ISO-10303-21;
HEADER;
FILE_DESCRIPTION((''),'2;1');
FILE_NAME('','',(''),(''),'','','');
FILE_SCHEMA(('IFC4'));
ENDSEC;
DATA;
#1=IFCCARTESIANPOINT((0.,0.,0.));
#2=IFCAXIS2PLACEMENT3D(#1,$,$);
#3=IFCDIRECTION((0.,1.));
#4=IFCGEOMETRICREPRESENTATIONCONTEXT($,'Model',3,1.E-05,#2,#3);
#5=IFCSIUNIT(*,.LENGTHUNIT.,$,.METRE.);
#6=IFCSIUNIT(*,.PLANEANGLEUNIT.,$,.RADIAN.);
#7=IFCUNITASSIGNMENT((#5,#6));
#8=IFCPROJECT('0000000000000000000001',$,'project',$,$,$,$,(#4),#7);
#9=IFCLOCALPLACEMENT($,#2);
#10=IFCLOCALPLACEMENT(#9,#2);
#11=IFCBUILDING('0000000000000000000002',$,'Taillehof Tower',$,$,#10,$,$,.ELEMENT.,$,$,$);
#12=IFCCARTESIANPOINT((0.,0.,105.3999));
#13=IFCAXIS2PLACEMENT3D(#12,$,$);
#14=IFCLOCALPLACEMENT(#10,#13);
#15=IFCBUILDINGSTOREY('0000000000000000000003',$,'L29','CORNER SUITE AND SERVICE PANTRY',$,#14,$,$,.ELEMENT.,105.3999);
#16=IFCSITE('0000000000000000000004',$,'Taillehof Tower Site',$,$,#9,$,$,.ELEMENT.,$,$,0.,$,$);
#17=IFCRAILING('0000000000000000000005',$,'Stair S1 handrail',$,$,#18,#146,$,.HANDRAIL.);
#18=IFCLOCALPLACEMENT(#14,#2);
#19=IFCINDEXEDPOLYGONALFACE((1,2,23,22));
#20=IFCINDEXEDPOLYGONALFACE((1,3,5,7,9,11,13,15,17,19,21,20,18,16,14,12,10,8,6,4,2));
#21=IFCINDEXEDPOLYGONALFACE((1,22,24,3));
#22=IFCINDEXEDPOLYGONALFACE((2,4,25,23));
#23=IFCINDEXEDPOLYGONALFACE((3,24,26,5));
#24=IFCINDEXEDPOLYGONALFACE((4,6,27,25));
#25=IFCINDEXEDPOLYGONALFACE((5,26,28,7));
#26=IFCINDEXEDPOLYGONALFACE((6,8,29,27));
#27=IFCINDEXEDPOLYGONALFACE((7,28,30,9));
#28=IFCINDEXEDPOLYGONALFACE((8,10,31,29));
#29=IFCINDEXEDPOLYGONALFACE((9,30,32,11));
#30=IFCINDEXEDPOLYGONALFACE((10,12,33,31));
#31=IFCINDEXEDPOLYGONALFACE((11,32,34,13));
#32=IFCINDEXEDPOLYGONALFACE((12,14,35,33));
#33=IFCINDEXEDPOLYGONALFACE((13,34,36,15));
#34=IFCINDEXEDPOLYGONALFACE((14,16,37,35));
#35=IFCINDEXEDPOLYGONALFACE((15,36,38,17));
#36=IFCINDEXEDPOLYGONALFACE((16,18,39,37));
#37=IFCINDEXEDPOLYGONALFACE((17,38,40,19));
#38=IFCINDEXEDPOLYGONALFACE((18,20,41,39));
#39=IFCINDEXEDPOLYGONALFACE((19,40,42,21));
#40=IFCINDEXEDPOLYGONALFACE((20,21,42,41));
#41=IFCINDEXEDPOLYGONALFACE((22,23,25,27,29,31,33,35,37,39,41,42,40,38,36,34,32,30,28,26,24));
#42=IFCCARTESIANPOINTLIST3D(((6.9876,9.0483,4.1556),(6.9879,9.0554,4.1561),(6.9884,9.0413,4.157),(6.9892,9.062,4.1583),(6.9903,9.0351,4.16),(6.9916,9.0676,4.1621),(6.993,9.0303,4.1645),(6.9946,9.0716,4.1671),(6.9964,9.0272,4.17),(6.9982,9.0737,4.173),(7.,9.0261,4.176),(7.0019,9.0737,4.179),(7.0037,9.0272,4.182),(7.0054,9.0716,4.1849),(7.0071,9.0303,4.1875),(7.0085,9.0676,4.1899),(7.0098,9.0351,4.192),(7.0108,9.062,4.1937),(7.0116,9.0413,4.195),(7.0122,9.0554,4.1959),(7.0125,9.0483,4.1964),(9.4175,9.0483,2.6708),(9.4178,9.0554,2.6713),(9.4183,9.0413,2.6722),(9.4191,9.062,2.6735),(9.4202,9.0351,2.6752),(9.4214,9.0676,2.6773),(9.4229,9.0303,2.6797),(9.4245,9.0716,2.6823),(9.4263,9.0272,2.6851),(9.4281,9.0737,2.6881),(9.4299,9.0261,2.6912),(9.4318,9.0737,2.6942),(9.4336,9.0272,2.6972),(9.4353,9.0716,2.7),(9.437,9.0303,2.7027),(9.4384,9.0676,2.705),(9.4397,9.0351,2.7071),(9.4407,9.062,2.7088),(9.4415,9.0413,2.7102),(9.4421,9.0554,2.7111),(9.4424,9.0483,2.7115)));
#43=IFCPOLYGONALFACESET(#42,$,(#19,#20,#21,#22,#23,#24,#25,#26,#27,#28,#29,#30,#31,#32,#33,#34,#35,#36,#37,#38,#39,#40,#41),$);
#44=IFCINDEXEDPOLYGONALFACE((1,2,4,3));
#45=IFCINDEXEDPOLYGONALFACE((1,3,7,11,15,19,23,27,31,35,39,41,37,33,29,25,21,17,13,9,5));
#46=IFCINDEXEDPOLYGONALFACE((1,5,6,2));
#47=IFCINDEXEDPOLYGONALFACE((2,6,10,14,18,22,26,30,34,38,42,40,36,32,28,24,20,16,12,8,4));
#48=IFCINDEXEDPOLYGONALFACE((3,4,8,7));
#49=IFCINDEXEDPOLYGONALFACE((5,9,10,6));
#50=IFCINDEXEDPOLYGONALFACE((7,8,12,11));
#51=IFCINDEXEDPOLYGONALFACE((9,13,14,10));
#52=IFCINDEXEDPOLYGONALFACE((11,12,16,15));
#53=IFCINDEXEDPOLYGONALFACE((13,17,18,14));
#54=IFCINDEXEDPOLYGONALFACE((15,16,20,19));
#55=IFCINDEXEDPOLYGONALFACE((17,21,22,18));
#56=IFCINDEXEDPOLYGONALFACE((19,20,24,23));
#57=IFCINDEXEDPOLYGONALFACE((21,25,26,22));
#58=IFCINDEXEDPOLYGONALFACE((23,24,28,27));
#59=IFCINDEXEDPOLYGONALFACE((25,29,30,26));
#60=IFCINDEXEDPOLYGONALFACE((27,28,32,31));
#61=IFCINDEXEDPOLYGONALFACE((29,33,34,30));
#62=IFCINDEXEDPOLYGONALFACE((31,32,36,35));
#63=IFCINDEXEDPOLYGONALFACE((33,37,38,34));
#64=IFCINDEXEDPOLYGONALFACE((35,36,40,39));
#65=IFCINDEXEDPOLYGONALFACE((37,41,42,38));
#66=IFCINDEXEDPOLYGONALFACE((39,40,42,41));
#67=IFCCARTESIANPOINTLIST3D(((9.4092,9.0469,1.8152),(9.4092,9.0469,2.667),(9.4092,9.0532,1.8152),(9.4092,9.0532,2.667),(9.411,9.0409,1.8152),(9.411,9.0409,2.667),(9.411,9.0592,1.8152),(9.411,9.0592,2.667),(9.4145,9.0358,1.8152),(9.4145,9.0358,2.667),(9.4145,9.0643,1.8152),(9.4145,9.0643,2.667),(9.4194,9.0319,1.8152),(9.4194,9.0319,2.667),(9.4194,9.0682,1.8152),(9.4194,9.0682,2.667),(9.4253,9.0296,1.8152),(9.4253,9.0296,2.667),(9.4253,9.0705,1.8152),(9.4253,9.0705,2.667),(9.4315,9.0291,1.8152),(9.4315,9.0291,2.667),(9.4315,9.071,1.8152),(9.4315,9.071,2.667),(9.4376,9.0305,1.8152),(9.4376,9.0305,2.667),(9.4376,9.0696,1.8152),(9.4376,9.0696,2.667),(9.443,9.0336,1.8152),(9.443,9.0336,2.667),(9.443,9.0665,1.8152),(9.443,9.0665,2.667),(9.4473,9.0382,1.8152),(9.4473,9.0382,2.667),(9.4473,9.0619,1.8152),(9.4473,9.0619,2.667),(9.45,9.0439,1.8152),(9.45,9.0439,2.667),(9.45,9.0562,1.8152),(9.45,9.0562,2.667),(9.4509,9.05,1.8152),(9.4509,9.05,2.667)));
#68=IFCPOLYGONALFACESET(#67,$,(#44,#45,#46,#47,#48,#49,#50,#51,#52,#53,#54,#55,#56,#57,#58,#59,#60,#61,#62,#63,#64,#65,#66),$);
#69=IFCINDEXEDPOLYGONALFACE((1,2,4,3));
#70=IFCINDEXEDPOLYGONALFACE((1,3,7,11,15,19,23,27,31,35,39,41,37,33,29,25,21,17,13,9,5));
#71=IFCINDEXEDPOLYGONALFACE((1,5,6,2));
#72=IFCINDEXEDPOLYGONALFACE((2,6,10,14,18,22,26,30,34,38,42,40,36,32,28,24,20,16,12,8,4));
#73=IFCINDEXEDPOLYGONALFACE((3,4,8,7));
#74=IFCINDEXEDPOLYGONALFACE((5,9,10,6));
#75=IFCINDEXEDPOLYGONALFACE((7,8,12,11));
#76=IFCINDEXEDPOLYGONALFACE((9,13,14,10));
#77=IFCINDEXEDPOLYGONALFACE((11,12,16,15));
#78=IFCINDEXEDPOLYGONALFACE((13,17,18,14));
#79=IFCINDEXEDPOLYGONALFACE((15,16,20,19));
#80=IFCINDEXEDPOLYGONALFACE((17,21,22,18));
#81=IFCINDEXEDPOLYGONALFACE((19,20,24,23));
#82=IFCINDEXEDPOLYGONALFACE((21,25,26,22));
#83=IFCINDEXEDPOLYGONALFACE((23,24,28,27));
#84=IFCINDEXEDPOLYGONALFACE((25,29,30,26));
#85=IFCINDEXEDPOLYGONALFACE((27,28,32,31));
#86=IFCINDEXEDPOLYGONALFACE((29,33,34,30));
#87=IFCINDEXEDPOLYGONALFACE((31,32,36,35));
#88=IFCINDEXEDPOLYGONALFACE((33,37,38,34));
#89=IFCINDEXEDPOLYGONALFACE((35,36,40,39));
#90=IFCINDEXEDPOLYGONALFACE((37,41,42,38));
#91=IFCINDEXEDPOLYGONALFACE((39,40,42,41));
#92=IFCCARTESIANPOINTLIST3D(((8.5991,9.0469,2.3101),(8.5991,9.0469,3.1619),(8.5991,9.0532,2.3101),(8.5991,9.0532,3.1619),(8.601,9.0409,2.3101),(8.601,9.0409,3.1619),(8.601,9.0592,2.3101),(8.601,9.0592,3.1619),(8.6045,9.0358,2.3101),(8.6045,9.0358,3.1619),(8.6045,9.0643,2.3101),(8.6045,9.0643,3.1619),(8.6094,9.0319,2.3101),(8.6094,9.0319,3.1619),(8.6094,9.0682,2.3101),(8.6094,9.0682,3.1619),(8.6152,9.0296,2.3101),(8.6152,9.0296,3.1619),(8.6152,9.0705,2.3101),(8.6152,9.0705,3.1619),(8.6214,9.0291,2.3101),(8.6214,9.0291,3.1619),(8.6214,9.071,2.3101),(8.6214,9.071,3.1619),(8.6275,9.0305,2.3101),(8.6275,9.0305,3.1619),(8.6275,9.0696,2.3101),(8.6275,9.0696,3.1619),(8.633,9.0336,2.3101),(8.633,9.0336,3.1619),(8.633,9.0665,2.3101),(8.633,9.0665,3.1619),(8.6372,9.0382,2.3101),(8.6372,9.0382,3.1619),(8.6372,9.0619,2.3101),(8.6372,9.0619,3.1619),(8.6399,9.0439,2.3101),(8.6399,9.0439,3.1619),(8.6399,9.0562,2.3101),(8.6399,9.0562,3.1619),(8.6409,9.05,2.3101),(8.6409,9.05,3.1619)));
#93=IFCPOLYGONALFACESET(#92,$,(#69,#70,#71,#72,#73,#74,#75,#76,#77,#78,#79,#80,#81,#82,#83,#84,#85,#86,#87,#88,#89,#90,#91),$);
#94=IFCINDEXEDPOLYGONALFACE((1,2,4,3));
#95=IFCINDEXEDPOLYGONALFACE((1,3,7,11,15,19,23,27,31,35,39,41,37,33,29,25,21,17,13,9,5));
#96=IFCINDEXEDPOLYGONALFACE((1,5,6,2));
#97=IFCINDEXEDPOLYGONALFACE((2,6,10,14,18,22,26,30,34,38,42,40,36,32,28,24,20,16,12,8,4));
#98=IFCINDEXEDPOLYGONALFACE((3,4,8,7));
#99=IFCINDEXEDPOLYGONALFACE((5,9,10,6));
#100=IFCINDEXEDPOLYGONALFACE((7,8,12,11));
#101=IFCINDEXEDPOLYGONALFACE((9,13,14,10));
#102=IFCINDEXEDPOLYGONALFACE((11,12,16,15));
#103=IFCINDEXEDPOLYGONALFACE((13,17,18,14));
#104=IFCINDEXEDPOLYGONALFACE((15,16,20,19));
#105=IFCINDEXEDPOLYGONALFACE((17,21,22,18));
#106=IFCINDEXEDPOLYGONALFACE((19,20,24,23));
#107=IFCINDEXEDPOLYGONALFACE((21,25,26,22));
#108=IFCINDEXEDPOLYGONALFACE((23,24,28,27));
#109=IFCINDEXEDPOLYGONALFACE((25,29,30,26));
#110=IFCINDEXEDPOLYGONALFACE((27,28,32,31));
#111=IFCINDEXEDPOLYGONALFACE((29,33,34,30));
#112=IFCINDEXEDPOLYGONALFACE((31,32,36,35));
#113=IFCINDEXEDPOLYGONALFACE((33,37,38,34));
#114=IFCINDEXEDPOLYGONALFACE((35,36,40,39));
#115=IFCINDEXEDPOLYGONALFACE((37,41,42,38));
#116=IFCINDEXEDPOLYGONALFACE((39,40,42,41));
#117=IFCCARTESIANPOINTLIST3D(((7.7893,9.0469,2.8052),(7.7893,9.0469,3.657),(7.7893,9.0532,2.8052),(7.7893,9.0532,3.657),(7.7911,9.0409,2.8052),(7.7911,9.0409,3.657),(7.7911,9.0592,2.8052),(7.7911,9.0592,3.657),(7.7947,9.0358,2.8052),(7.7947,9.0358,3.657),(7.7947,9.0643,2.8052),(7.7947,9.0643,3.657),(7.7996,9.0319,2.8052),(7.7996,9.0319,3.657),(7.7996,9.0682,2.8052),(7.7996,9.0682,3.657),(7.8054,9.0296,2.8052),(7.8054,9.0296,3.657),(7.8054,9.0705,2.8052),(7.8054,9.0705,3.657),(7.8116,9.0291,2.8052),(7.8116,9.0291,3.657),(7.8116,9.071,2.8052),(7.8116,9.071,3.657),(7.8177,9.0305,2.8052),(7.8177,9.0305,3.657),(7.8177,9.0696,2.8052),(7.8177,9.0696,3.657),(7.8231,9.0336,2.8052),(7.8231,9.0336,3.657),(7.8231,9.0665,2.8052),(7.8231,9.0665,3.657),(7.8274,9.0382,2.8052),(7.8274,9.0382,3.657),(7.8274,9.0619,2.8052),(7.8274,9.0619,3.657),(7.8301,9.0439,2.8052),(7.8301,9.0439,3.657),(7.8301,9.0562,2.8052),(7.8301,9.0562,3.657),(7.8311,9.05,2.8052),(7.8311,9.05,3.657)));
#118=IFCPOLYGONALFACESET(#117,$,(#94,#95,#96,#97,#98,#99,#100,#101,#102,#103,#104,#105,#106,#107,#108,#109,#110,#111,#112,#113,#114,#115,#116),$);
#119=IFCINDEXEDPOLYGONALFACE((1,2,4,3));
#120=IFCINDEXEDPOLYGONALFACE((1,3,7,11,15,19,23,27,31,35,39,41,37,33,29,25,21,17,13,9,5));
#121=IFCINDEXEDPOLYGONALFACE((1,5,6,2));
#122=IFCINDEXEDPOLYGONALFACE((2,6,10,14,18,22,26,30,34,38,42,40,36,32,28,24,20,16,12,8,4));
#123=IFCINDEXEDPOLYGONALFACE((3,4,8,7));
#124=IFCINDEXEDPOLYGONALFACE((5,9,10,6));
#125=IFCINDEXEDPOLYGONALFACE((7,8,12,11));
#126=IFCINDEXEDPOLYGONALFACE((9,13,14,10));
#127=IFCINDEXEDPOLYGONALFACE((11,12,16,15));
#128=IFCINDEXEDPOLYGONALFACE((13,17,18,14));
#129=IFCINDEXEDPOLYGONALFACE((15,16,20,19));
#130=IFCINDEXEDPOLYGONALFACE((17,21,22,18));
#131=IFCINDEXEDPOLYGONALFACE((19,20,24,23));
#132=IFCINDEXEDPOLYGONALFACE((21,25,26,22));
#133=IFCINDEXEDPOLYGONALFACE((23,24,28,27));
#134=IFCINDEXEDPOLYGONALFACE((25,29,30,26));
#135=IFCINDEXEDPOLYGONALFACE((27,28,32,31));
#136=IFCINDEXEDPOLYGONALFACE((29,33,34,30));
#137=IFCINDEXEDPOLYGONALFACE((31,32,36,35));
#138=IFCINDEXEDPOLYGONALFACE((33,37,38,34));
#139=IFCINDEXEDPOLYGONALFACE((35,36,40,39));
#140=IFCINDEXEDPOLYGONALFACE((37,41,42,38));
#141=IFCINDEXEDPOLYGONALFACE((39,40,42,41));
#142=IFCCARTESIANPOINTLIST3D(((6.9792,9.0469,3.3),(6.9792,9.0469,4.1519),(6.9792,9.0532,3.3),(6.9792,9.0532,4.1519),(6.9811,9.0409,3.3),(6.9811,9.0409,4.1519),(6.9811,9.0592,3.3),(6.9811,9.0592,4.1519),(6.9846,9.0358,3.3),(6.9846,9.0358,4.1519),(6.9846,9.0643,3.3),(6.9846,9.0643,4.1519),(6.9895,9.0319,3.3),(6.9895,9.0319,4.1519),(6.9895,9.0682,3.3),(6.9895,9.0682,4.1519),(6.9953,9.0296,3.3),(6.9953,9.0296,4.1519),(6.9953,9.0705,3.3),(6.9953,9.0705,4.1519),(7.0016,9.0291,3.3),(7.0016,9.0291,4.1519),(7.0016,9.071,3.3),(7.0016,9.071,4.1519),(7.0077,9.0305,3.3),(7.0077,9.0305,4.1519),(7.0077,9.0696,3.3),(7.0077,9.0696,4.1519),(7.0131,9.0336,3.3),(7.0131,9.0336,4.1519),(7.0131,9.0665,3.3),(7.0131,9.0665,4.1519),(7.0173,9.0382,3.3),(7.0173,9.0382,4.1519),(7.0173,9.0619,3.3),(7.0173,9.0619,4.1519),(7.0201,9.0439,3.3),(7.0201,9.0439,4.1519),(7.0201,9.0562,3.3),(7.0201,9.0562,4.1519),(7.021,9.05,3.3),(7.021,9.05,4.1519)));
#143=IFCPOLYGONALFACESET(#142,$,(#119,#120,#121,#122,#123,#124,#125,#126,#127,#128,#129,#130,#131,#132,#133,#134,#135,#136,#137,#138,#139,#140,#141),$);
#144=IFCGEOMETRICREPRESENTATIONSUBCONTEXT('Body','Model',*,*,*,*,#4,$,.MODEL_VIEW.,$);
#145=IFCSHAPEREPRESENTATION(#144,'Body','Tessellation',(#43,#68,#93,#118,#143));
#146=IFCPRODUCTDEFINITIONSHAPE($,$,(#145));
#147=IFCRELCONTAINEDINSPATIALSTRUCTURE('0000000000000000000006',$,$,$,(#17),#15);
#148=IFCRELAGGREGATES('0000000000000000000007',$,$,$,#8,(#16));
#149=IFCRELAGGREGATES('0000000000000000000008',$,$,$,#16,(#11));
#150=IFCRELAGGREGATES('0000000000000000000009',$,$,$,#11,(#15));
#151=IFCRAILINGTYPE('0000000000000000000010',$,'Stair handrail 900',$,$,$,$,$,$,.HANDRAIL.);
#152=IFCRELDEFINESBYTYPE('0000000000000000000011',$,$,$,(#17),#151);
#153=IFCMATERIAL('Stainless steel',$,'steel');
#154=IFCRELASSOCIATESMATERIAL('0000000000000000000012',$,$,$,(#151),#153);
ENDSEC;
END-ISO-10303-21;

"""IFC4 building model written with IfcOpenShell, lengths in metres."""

from ifc_helpers import new_model, si_unit, direction, frame, origin, origin_2d, place, context, subcontext, project, spatial, circle, extrude, material, type_object, element, save


model = new_model("IFC4")

# Units and contexts
model_context = context("Model", 3, precision=1e-05, world=origin(), true_north=direction((0.0, 1.0)))
body_context = subcontext(model_context, "Body", "Model", "MODEL_VIEW")
ifc_project = project(units=[si_unit("LENGTHUNIT", "METRE"), si_unit("PLANEANGLEUNIT", "RADIAN")], contexts=[model_context])

# Site, building, storey
site_placement = place(None, origin())
site = spatial("IfcSite", under=ifc_project, at=site_placement, Name="Taillehof Tower Site", CompositionType="ELEMENT", RefElevation=0.0)
building_placement = place(site_placement, origin())
building = spatial("IfcBuilding", under=site, at=building_placement, Name="Taillehof Tower", CompositionType="ELEMENT")
storey_placement = place(building_placement, frame((0.0, 0.0, 105.3999)))
storey = spatial("IfcBuildingStorey", under=building, at=storey_placement, Name="L29", Description="CORNER SUITE AND SERVICE PANTRY", CompositionType="ELEMENT", Elevation=105.3999)

# Railing
ifc_material_1 = material(Name="Stainless steel", Category="steel")
railing_type = type_object("IfcRailingType", Name="Stair handrail 900", PredefinedType="HANDRAIL", material=ifc_material_1)
railing_placement = place(storey_placement, frame((9.4299, 9.05, 1.8152)))
element("IfcRailing", 1, at=railing_placement, inside=storey, type_object=railing_type, Name="Stair S1 handrail", PredefinedType="HANDRAIL", context=body_context, shape_type="SweptSolid", body=[
    extrude(circle(Radius=0.0239, at=origin_2d()), frame((0.0, 0.0, 0.876), z_axis=(-0.853297, 0.0, 0.521426), x_axis=(0.0, -1.0, 0.0)), (0.0, 0.0, 1.0), 2.8477),
    extrude(circle(Radius=0.021, at=origin_2d()), origin(), (0.0, 0.0, 1.0), 0.8518),
    extrude(circle(Radius=0.021, at=origin_2d()), frame((-0.8101, 0.0, 0.4949)), (0.0, 0.0, 1.0), 0.8518),
    extrude(circle(Radius=0.021, at=origin_2d()), frame((-1.6199, 0.0, 0.99)), (0.0, 0.0, 1.0), 0.8518),
    extrude(circle(Radius=0.021, at=origin_2d()), frame((-2.4299, 0.0, 1.4849)), (0.0, 0.0, 1.0), 0.8518),
])

save(model, "model.ifc")
